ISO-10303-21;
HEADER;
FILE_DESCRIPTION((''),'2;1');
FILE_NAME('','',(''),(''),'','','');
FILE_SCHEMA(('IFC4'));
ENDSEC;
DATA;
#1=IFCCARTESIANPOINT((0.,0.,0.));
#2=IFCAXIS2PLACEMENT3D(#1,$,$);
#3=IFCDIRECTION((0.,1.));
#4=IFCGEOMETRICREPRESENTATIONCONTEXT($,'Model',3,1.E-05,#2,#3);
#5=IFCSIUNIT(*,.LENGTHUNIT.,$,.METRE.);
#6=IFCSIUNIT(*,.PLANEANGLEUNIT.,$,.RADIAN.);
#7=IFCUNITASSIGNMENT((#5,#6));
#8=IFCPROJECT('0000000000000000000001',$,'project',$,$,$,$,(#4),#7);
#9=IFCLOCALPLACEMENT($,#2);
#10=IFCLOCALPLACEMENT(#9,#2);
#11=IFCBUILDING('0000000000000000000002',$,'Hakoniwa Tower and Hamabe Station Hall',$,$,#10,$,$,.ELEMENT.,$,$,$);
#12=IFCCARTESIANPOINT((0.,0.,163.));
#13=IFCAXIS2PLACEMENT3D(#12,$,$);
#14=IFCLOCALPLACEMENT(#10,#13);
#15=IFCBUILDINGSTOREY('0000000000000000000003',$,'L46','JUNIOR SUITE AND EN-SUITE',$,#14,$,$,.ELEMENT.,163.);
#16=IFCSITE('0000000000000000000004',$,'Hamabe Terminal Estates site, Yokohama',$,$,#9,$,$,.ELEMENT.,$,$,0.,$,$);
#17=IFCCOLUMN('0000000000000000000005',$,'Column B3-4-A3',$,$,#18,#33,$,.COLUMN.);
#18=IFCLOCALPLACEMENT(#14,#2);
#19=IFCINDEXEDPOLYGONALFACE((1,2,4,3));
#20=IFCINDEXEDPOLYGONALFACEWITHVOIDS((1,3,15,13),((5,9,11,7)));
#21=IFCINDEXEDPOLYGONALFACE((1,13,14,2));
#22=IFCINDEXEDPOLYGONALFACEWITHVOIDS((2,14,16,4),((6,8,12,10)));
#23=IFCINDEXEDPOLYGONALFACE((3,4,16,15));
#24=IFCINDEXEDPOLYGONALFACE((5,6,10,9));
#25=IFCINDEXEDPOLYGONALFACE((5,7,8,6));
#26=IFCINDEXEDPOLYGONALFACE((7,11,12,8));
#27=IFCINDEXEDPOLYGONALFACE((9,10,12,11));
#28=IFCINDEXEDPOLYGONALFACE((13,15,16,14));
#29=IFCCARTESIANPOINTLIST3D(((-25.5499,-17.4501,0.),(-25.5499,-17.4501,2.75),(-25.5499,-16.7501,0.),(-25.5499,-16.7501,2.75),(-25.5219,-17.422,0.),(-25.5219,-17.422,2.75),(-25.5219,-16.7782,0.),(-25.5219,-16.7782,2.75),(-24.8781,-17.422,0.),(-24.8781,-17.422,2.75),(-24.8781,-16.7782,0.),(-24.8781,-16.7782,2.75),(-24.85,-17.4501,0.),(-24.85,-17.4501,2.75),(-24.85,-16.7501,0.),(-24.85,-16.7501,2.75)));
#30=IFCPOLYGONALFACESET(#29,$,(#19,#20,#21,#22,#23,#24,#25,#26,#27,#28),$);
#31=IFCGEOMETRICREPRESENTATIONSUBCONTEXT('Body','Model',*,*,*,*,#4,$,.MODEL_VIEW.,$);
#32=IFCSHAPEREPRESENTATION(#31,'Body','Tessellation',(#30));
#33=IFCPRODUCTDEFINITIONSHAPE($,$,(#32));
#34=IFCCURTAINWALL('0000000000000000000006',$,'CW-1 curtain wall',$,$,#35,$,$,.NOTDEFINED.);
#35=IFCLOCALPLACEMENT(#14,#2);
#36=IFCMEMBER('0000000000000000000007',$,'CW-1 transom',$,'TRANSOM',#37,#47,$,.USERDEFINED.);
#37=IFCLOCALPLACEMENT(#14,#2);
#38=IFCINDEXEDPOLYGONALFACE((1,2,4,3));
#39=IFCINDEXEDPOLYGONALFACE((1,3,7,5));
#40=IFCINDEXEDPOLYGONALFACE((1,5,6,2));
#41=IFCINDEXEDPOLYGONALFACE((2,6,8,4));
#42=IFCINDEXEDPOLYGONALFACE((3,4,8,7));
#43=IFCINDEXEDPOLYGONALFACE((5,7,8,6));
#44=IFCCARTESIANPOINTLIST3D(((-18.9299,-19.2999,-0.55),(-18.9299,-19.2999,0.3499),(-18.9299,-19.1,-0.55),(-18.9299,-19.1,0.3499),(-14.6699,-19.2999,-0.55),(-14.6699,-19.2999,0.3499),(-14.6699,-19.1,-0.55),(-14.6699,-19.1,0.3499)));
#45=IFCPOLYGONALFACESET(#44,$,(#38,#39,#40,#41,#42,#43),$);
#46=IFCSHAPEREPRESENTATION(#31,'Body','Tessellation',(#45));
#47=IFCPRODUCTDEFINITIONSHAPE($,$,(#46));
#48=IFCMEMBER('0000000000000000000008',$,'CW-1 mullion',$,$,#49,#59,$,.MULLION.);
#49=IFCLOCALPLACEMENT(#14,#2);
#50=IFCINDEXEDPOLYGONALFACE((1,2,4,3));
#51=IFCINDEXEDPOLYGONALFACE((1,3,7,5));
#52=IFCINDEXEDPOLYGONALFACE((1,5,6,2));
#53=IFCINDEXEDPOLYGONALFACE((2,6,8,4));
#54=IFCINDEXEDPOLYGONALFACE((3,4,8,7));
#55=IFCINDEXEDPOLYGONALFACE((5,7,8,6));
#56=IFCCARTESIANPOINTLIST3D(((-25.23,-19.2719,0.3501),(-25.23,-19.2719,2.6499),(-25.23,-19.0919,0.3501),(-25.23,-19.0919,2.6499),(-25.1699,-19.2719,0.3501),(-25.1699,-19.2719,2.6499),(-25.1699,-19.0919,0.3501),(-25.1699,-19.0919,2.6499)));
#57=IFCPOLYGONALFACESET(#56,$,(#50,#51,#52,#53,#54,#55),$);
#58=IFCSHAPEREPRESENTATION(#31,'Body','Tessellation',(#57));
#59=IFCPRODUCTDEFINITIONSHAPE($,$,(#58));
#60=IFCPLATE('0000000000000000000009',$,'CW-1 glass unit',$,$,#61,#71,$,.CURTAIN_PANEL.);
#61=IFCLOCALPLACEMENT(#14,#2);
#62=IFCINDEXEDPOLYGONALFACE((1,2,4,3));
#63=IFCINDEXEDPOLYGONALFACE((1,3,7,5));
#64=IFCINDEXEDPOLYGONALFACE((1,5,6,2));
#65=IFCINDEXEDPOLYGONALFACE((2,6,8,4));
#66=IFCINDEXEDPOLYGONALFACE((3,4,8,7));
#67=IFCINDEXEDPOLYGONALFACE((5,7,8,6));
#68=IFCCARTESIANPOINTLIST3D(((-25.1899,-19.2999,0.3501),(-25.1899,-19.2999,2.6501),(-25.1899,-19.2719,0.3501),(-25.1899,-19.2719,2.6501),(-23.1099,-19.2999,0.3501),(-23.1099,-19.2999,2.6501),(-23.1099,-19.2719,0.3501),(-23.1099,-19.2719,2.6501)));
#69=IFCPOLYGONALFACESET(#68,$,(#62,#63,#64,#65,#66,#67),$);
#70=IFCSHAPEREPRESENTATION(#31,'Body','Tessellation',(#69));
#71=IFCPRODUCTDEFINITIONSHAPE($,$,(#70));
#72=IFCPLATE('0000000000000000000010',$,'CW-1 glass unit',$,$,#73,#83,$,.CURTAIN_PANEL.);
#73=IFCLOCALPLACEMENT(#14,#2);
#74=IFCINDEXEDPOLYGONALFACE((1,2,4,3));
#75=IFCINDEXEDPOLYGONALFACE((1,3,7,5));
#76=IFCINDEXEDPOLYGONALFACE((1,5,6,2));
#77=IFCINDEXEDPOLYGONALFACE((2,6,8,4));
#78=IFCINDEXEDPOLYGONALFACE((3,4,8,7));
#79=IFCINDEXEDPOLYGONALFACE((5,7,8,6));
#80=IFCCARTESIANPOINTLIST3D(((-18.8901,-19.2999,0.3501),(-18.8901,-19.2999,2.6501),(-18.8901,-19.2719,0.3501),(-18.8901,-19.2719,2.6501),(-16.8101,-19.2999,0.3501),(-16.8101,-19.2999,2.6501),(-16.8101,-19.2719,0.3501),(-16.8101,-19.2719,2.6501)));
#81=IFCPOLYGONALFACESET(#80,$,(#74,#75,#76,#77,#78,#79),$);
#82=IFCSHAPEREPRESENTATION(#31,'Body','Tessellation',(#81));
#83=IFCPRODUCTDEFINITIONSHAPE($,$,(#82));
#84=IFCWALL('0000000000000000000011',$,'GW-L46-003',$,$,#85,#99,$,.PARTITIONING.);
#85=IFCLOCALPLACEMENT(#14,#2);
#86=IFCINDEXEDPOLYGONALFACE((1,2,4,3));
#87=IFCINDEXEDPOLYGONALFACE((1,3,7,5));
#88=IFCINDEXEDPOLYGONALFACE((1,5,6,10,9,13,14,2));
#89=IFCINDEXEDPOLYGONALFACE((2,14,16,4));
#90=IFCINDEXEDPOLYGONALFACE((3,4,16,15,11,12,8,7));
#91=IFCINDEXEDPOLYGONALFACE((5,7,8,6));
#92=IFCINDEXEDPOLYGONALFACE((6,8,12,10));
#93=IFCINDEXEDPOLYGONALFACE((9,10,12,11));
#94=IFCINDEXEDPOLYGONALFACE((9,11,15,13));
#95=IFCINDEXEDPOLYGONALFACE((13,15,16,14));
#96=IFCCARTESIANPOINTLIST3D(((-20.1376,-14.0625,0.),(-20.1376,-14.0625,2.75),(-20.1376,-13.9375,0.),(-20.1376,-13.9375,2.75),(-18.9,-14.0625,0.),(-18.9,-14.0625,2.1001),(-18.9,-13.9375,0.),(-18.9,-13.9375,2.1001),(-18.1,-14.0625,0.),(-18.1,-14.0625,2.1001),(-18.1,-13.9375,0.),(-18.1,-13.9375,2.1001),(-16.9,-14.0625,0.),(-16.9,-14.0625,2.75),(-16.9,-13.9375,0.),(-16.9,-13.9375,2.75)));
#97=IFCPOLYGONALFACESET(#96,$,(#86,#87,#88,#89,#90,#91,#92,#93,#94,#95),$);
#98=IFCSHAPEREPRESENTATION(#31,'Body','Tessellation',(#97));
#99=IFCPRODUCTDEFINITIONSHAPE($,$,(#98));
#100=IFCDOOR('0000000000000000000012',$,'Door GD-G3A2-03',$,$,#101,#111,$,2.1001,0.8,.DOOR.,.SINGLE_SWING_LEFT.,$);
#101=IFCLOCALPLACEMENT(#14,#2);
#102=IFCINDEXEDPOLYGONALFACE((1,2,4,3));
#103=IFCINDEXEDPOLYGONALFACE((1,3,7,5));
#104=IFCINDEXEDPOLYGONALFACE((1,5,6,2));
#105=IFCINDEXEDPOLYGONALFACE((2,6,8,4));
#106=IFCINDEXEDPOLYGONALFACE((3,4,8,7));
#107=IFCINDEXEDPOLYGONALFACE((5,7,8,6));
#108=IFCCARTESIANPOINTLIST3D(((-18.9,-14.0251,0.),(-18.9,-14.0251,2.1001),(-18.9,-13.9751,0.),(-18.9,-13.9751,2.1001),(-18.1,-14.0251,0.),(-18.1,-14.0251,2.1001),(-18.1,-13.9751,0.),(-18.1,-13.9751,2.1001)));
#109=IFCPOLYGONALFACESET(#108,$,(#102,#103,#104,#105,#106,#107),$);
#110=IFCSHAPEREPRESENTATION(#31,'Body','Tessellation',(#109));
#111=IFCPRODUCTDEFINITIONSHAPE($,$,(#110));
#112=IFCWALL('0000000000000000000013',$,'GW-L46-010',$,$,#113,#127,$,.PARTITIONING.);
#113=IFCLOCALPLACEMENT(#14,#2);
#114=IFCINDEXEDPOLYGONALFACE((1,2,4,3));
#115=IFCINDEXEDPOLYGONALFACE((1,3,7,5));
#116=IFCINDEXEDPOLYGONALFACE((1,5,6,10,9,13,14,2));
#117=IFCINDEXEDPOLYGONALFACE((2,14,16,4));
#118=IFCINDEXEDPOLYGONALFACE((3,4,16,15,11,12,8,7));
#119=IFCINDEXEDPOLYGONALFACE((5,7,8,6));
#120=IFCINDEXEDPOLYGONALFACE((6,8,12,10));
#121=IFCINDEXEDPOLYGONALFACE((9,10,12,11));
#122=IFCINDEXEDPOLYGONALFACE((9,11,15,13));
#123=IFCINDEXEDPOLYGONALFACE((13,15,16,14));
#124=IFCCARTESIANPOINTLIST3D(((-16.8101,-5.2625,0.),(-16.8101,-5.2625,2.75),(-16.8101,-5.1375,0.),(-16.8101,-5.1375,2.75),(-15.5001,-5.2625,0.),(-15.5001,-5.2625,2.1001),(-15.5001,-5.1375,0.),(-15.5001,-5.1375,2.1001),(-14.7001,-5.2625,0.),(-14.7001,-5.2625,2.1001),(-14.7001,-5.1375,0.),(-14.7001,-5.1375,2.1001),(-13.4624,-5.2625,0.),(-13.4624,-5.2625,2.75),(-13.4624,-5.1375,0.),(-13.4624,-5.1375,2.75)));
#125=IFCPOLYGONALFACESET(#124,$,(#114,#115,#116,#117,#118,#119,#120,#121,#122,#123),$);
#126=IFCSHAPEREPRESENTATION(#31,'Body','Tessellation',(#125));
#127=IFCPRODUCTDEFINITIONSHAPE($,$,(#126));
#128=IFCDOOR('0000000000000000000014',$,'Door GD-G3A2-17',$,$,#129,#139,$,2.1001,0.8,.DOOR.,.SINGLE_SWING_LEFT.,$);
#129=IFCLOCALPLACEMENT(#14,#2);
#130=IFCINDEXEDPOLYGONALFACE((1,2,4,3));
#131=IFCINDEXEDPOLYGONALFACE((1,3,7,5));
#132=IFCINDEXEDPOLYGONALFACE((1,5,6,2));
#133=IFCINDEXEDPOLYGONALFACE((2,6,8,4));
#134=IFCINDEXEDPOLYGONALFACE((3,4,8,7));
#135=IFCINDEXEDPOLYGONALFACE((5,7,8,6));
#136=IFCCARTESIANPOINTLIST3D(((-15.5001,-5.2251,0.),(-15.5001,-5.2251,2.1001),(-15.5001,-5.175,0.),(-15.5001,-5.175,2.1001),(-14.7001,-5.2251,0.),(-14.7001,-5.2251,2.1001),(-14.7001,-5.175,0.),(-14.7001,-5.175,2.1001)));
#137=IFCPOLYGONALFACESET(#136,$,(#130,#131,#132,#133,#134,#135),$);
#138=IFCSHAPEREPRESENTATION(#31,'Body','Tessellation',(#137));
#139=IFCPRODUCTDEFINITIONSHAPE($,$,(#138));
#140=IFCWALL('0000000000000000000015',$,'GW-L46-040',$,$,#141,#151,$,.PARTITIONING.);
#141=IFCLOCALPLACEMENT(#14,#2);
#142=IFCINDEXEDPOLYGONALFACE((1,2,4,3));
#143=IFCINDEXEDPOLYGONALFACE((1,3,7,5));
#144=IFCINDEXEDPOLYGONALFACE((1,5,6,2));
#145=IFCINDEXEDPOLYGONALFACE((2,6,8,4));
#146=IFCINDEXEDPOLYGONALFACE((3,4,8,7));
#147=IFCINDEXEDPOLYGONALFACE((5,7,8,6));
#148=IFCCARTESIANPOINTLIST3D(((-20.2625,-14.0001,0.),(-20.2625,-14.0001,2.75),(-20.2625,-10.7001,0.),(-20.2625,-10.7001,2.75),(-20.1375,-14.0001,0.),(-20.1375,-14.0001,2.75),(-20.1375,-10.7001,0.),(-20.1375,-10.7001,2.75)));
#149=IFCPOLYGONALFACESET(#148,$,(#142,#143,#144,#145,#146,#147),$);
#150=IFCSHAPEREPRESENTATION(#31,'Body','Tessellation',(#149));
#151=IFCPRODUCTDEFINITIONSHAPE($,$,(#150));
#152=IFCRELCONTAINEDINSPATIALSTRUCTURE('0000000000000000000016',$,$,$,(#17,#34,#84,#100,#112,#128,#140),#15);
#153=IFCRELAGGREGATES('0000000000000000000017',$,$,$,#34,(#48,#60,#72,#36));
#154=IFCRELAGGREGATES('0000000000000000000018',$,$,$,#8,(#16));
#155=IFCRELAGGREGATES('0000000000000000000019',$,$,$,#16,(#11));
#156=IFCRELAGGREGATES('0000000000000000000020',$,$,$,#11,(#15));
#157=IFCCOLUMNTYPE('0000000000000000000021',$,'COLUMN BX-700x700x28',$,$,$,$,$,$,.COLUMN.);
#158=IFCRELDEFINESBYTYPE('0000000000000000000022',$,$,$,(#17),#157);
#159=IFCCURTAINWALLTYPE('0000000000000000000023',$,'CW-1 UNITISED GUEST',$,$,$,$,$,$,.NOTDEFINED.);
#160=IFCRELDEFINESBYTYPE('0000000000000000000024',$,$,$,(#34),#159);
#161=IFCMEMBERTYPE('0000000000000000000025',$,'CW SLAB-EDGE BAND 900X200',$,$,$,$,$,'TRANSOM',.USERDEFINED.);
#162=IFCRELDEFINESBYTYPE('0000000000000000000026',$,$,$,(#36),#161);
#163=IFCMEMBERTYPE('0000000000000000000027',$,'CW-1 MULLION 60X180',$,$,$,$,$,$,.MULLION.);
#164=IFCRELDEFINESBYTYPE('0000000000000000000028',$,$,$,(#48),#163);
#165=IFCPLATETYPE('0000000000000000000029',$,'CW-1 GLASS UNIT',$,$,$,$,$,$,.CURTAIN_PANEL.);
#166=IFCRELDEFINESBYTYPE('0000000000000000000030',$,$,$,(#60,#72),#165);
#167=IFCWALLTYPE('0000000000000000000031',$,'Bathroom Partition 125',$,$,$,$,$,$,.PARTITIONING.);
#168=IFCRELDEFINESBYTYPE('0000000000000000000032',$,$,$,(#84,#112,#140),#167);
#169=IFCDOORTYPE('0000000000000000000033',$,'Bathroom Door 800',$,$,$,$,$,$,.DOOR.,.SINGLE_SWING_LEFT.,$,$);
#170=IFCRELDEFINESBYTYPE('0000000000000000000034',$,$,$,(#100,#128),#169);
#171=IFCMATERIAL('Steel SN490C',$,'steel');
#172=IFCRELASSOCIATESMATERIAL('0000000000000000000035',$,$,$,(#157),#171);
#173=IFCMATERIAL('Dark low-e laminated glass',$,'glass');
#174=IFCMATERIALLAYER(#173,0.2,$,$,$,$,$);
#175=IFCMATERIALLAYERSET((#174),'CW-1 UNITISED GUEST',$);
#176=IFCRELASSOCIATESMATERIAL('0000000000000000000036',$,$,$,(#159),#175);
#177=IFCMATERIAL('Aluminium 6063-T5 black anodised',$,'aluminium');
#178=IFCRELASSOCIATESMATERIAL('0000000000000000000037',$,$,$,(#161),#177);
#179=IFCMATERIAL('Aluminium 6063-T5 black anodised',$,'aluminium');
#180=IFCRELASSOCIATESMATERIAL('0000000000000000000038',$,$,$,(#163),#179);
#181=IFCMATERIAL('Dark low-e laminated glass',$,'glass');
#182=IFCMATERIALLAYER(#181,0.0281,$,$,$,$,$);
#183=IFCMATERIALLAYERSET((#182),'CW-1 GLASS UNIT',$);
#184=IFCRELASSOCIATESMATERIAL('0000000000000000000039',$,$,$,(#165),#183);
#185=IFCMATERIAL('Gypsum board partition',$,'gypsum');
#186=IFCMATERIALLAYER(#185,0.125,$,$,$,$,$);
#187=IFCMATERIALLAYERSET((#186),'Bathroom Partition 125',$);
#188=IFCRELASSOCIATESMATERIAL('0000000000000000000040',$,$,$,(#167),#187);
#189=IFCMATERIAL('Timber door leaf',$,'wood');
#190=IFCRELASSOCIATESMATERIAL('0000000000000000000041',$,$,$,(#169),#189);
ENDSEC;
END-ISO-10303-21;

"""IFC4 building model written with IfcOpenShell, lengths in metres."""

from ifc_helpers import new_model, si_unit, direction, frame, frame_2d, origin, origin_2d, place, context, subcontext, project, spatial, rectangle, hollow_rectangle, extrude, material, layer, layer_set, material_profile, profile_set, type_object, element, fill, aggregate, save


model = new_model("IFC4")

# Units and contexts
model_context = context("Model", 3, precision=1e-05, world=origin(), true_north=direction((0.0, 1.0)))
body_context = subcontext(model_context, "Body", "Model", "MODEL_VIEW")
ifc_project = project(units=[si_unit("LENGTHUNIT", "METRE"), si_unit("PLANEANGLEUNIT", "RADIAN")], contexts=[model_context])

# Site, building, storey
site_placement = place(None, origin())
site = spatial("IfcSite", under=ifc_project, at=site_placement, Name="Hamabe Terminal Estates site, Yokohama", CompositionType="ELEMENT", RefElevation=0.0)
building_placement = place(site_placement, origin())
building = spatial("IfcBuilding", under=site, at=building_placement, Name="Hakoniwa Tower and Hamabe Station Hall", CompositionType="ELEMENT")
storey_placement = place(building_placement, frame((0.0, 0.0, 163.0)))
storey = spatial("IfcBuildingStorey", under=building, at=storey_placement, Name="L46", Description="JUNIOR SUITE AND EN-SUITE", CompositionType="ELEMENT", Elevation=163.0)

# Column
ifc_material_1 = material(Name="Steel SN490C", Category="steel")
ifc_material_profile_1 = material_profile(ifc_material_1, hollow_rectangle(XDim=0.7, YDim=0.7, WallThickness=0.0281, at=origin_2d()), Name="BX-700x700x28")
ifc_profile_set_1 = profile_set([ifc_material_profile_1], Name="Steel SN490C")
column_type = type_object("IfcColumnType", Name="COLUMN BX-700x700x28", PredefinedType="COLUMN", material=ifc_profile_set_1)
column_placement = place(storey_placement, frame((-25.2, -17.1001, 0.0), z_axis=(0.0, 0.0, 1.0), x_axis=(1.0, 0.0, 0.0)))
element("IfcColumn", 1, at=column_placement, inside=storey, type_object=column_type, Name="Column B3-4-A3", PredefinedType="COLUMN", context=body_context, shape_type="SweptSolid", body=[
    extrude(hollow_rectangle(XDim=0.7, YDim=0.7, WallThickness=0.0281, at=origin_2d()), origin(), (0.0, 0.0, 1.0), 2.75),
])

# Curtain wall, members, plates
ifc_material_2 = material(Name="Dark low-e laminated glass", Category="glass")
ifc_layer_1 = layer(ifc_material_2, 0.2)
ifc_layer_set_1 = layer_set([ifc_layer_1], Name="CW-1 UNITISED GUEST")
curtain_wall_type = type_object("IfcCurtainWallType", Name="CW-1 UNITISED GUEST", PredefinedType="NOTDEFINED", material=ifc_layer_set_1)
curtain_wall_placement = place(storey_placement, origin())
curtain_wall = element("IfcCurtainWall", 2, at=curtain_wall_placement, inside=storey, type_object=curtain_wall_type, Name="CW-1 curtain wall", PredefinedType="NOTDEFINED")
ifc_material_3 = material(Name="Aluminium 6063-T5 black anodised", Category="aluminium")
ifc_material_profile_2 = material_profile(ifc_material_3, rectangle(XDim=0.2, YDim=0.8999, at=origin_2d()), Name="CW SLAB-EDGE BAND 900X200")
ifc_profile_set_2 = profile_set([ifc_material_profile_2], Name="Aluminium 6063-T5 black anodised")
member_type_1 = type_object("IfcMemberType", Name="CW SLAB-EDGE BAND 900X200", ElementType="TRANSOM", PredefinedType="USERDEFINED", material=ifc_profile_set_2)
member_1_placement = place(storey_placement, frame((-18.9299, -19.2, -0.1001), z_axis=(1.0, 0.0, 0.0), x_axis=(0.0, 1.0, 0.0)))
member_1 = element("IfcMember", 3, at=member_1_placement, type_object=member_type_1, Name="CW-1 transom", ObjectType="TRANSOM", PredefinedType="USERDEFINED", context=body_context, shape_type="SweptSolid", body=[
    extrude(rectangle(XDim=0.2, YDim=0.8999, at=origin_2d()), origin(), (0.0, 0.0, 1.0), 4.26),
])
ifc_material_4 = material(Name="Aluminium 6063-T5 black anodised", Category="aluminium")
ifc_material_profile_3 = material_profile(ifc_material_4, rectangle(XDim=0.0601, YDim=0.1799, at=origin_2d()), Name="CW-1 MULLION 60X180")
ifc_profile_set_3 = profile_set([ifc_material_profile_3], Name="Aluminium 6063-T5 black anodised")
member_type_2 = type_object("IfcMemberType", Name="CW-1 MULLION 60X180", PredefinedType="MULLION", material=ifc_profile_set_3)
member_2_placement = place(storey_placement, frame((-25.2, -19.1819, 0.3501), z_axis=(0.0, 0.0, 1.0), x_axis=(1.0, 0.0, 0.0)))
member_2 = element("IfcMember", 4, at=member_2_placement, type_object=member_type_2, Name="CW-1 mullion", PredefinedType="MULLION", context=body_context, shape_type="SweptSolid", body=[
    extrude(rectangle(XDim=0.0601, YDim=0.1799, at=origin_2d()), origin(), (0.0, 0.0, 1.0), 2.2998),
])
ifc_material_5 = material(Name="Dark low-e laminated glass", Category="glass")
ifc_layer_2 = layer(ifc_material_5, 0.0281)
ifc_layer_set_2 = layer_set([ifc_layer_2], Name="CW-1 GLASS UNIT")
plate_type = type_object("IfcPlateType", Name="CW-1 GLASS UNIT", PredefinedType="CURTAIN_PANEL", material=ifc_layer_set_2)
plate_1_placement = place(storey_placement, frame((-24.1499, -19.2859, 0.3501), z_axis=(0.0, 0.0, 1.0), x_axis=(1.0, 0.0, 0.0)))
plate_1 = element("IfcPlate", 5, at=plate_1_placement, type_object=plate_type, Name="CW-1 glass unit", PredefinedType="CURTAIN_PANEL", context=body_context, shape_type="SweptSolid", body=[
    extrude(rectangle(XDim=2.0801, YDim=0.0281, at=origin_2d()), origin(), (0.0, 0.0, 1.0), 2.3),
])
plate_2_placement = place(storey_placement, frame((-17.8501, -19.2859, 0.3501), z_axis=(0.0, 0.0, 1.0), x_axis=(1.0, 0.0, 0.0)))
plate_2 = element("IfcPlate", 6, at=plate_2_placement, type_object=plate_type, Name="CW-1 glass unit", PredefinedType="CURTAIN_PANEL", context=body_context, shape_type="SweptSolid", body=[
    extrude(rectangle(XDim=2.0801, YDim=0.0281, at=origin_2d()), origin(), (0.0, 0.0, 1.0), 2.3),
])

# Walls, openings, doors
ifc_material_6 = material(Name="Gypsum board partition", Category="gypsum")
ifc_layer_3 = layer(ifc_material_6, 0.125)
ifc_layer_set_3 = layer_set([ifc_layer_3], Name="Bathroom Partition 125")
wall_type_1 = type_object("IfcWallType", Name="Bathroom Partition 125", PredefinedType="PARTITIONING", material=ifc_layer_set_3)
wall_1_placement = place(storey_placement, frame((-20.1375, -14.0, 0.0), z_axis=(0.0, 0.0, 1.0), x_axis=(1.0, 0.0, 0.0)))
wall_1 = element("IfcWall", 7, at=wall_1_placement, inside=storey, type_object=wall_type_1, Name="GW-L46-003", PredefinedType="PARTITIONING", context=body_context, shape_type="SweptSolid", body=[
    extrude(rectangle(XDim=3.2375, YDim=0.125, at=frame_2d((1.6187, 0.0))), origin(), (0.0, 0.0, 1.0), 2.75),
])
opening_1_placement = place(wall_1_placement, frame((1.2375, 0.0, 0.0)))
opening_1 = element("IfcOpeningElement", 8, at=opening_1_placement, cuts=wall_1, PredefinedType="OPENING", context=body_context, shape_type="SweptSolid", body=[
    extrude(rectangle(XDim=0.8, YDim=2.1001, at=frame_2d((0.3999, 1.05))), frame((0.0, 0.0725, 0.0), z_axis=(0.0, -1.0, 0.0), x_axis=(1.0, 0.0, 0.0)), (0.0, 0.0, 1.0), 0.145),
])
ifc_material_7 = material(Name="Timber door leaf", Category="wood")
door_type_1 = type_object("IfcDoorType", Name="Bathroom Door 800", OperationType="SINGLE_SWING_LEFT", PredefinedType="DOOR", material=ifc_material_7)
door_1_placement = place(opening_1_placement, origin())
door_1 = element("IfcDoor", 9, at=door_1_placement, inside=storey, type_object=door_type_1, Name="Door GD-G3A2-03", OperationType="SINGLE_SWING_LEFT", OverallHeight=2.1001, OverallWidth=0.8, PredefinedType="DOOR", context=body_context, shape_type="SweptSolid", body=[
    extrude(rectangle(XDim=0.8, YDim=2.1001, at=frame_2d((0.3999, 1.05))), frame((0.0, 0.0249, 0.0), z_axis=(0.0, -1.0, 0.0), x_axis=(1.0, 0.0, 0.0)), (0.0, 0.0, 1.0), 0.05),
])
fill(opening_1, door_1)
wall_2_placement = place(storey_placement, frame((-16.8101, -5.2, 0.0), z_axis=(0.0, 0.0, 1.0), x_axis=(1.0, 0.0, 0.0)))
wall_2 = element("IfcWall", 10, at=wall_2_placement, inside=storey, type_object=wall_type_1, Name="GW-L46-010", PredefinedType="PARTITIONING", context=body_context, shape_type="SweptSolid", body=[
    extrude(rectangle(XDim=3.3477, YDim=0.125, at=frame_2d((1.6738, 0.0))), origin(), (0.0, 0.0, 1.0), 2.75),
])
opening_2_placement = place(wall_2_placement, frame((1.3101, 0.0, 0.0)))
opening_2 = element("IfcOpeningElement", 11, at=opening_2_placement, cuts=wall_2, PredefinedType="OPENING", context=body_context, shape_type="SweptSolid", body=[
    extrude(rectangle(XDim=0.8, YDim=2.1001, at=frame_2d((0.3999, 1.05))), frame((0.0, 0.0725, 0.0), z_axis=(0.0, -1.0, 0.0), x_axis=(1.0, 0.0, 0.0)), (0.0, 0.0, 1.0), 0.145),
])
door_2_placement = place(opening_2_placement, origin())
door_2 = element("IfcDoor", 12, at=door_2_placement, inside=storey, type_object=door_type_1, Name="Door GD-G3A2-17", OperationType="SINGLE_SWING_LEFT", OverallHeight=2.1001, OverallWidth=0.8, PredefinedType="DOOR", context=body_context, shape_type="SweptSolid", body=[
    extrude(rectangle(XDim=0.8, YDim=2.1001, at=frame_2d((0.3999, 1.05))), frame((0.0, 0.0249, 0.0), z_axis=(0.0, -1.0, 0.0), x_axis=(1.0, 0.0, 0.0)), (0.0, 0.0, 1.0), 0.05),
])
fill(opening_2, door_2)

# Wall
wall_3_placement = place(storey_placement, frame((-20.2, -14.0, 0.0), z_axis=(0.0, 0.0, 1.0), x_axis=(0.0, 1.0, 0.0)))
element("IfcWall", 13, at=wall_3_placement, inside=storey, type_object=wall_type_1, Name="GW-L46-040", PredefinedType="PARTITIONING", context=body_context, shape_type="SweptSolid", body=[
    extrude(rectangle(XDim=3.3, YDim=0.125, at=frame_2d((1.6499, 0.0))), origin(), (0.0, 0.0, 1.0), 2.75),
])

aggregate(curtain_wall, [member_2, plate_1, plate_2, member_1])

save(model, "model.ifc")
